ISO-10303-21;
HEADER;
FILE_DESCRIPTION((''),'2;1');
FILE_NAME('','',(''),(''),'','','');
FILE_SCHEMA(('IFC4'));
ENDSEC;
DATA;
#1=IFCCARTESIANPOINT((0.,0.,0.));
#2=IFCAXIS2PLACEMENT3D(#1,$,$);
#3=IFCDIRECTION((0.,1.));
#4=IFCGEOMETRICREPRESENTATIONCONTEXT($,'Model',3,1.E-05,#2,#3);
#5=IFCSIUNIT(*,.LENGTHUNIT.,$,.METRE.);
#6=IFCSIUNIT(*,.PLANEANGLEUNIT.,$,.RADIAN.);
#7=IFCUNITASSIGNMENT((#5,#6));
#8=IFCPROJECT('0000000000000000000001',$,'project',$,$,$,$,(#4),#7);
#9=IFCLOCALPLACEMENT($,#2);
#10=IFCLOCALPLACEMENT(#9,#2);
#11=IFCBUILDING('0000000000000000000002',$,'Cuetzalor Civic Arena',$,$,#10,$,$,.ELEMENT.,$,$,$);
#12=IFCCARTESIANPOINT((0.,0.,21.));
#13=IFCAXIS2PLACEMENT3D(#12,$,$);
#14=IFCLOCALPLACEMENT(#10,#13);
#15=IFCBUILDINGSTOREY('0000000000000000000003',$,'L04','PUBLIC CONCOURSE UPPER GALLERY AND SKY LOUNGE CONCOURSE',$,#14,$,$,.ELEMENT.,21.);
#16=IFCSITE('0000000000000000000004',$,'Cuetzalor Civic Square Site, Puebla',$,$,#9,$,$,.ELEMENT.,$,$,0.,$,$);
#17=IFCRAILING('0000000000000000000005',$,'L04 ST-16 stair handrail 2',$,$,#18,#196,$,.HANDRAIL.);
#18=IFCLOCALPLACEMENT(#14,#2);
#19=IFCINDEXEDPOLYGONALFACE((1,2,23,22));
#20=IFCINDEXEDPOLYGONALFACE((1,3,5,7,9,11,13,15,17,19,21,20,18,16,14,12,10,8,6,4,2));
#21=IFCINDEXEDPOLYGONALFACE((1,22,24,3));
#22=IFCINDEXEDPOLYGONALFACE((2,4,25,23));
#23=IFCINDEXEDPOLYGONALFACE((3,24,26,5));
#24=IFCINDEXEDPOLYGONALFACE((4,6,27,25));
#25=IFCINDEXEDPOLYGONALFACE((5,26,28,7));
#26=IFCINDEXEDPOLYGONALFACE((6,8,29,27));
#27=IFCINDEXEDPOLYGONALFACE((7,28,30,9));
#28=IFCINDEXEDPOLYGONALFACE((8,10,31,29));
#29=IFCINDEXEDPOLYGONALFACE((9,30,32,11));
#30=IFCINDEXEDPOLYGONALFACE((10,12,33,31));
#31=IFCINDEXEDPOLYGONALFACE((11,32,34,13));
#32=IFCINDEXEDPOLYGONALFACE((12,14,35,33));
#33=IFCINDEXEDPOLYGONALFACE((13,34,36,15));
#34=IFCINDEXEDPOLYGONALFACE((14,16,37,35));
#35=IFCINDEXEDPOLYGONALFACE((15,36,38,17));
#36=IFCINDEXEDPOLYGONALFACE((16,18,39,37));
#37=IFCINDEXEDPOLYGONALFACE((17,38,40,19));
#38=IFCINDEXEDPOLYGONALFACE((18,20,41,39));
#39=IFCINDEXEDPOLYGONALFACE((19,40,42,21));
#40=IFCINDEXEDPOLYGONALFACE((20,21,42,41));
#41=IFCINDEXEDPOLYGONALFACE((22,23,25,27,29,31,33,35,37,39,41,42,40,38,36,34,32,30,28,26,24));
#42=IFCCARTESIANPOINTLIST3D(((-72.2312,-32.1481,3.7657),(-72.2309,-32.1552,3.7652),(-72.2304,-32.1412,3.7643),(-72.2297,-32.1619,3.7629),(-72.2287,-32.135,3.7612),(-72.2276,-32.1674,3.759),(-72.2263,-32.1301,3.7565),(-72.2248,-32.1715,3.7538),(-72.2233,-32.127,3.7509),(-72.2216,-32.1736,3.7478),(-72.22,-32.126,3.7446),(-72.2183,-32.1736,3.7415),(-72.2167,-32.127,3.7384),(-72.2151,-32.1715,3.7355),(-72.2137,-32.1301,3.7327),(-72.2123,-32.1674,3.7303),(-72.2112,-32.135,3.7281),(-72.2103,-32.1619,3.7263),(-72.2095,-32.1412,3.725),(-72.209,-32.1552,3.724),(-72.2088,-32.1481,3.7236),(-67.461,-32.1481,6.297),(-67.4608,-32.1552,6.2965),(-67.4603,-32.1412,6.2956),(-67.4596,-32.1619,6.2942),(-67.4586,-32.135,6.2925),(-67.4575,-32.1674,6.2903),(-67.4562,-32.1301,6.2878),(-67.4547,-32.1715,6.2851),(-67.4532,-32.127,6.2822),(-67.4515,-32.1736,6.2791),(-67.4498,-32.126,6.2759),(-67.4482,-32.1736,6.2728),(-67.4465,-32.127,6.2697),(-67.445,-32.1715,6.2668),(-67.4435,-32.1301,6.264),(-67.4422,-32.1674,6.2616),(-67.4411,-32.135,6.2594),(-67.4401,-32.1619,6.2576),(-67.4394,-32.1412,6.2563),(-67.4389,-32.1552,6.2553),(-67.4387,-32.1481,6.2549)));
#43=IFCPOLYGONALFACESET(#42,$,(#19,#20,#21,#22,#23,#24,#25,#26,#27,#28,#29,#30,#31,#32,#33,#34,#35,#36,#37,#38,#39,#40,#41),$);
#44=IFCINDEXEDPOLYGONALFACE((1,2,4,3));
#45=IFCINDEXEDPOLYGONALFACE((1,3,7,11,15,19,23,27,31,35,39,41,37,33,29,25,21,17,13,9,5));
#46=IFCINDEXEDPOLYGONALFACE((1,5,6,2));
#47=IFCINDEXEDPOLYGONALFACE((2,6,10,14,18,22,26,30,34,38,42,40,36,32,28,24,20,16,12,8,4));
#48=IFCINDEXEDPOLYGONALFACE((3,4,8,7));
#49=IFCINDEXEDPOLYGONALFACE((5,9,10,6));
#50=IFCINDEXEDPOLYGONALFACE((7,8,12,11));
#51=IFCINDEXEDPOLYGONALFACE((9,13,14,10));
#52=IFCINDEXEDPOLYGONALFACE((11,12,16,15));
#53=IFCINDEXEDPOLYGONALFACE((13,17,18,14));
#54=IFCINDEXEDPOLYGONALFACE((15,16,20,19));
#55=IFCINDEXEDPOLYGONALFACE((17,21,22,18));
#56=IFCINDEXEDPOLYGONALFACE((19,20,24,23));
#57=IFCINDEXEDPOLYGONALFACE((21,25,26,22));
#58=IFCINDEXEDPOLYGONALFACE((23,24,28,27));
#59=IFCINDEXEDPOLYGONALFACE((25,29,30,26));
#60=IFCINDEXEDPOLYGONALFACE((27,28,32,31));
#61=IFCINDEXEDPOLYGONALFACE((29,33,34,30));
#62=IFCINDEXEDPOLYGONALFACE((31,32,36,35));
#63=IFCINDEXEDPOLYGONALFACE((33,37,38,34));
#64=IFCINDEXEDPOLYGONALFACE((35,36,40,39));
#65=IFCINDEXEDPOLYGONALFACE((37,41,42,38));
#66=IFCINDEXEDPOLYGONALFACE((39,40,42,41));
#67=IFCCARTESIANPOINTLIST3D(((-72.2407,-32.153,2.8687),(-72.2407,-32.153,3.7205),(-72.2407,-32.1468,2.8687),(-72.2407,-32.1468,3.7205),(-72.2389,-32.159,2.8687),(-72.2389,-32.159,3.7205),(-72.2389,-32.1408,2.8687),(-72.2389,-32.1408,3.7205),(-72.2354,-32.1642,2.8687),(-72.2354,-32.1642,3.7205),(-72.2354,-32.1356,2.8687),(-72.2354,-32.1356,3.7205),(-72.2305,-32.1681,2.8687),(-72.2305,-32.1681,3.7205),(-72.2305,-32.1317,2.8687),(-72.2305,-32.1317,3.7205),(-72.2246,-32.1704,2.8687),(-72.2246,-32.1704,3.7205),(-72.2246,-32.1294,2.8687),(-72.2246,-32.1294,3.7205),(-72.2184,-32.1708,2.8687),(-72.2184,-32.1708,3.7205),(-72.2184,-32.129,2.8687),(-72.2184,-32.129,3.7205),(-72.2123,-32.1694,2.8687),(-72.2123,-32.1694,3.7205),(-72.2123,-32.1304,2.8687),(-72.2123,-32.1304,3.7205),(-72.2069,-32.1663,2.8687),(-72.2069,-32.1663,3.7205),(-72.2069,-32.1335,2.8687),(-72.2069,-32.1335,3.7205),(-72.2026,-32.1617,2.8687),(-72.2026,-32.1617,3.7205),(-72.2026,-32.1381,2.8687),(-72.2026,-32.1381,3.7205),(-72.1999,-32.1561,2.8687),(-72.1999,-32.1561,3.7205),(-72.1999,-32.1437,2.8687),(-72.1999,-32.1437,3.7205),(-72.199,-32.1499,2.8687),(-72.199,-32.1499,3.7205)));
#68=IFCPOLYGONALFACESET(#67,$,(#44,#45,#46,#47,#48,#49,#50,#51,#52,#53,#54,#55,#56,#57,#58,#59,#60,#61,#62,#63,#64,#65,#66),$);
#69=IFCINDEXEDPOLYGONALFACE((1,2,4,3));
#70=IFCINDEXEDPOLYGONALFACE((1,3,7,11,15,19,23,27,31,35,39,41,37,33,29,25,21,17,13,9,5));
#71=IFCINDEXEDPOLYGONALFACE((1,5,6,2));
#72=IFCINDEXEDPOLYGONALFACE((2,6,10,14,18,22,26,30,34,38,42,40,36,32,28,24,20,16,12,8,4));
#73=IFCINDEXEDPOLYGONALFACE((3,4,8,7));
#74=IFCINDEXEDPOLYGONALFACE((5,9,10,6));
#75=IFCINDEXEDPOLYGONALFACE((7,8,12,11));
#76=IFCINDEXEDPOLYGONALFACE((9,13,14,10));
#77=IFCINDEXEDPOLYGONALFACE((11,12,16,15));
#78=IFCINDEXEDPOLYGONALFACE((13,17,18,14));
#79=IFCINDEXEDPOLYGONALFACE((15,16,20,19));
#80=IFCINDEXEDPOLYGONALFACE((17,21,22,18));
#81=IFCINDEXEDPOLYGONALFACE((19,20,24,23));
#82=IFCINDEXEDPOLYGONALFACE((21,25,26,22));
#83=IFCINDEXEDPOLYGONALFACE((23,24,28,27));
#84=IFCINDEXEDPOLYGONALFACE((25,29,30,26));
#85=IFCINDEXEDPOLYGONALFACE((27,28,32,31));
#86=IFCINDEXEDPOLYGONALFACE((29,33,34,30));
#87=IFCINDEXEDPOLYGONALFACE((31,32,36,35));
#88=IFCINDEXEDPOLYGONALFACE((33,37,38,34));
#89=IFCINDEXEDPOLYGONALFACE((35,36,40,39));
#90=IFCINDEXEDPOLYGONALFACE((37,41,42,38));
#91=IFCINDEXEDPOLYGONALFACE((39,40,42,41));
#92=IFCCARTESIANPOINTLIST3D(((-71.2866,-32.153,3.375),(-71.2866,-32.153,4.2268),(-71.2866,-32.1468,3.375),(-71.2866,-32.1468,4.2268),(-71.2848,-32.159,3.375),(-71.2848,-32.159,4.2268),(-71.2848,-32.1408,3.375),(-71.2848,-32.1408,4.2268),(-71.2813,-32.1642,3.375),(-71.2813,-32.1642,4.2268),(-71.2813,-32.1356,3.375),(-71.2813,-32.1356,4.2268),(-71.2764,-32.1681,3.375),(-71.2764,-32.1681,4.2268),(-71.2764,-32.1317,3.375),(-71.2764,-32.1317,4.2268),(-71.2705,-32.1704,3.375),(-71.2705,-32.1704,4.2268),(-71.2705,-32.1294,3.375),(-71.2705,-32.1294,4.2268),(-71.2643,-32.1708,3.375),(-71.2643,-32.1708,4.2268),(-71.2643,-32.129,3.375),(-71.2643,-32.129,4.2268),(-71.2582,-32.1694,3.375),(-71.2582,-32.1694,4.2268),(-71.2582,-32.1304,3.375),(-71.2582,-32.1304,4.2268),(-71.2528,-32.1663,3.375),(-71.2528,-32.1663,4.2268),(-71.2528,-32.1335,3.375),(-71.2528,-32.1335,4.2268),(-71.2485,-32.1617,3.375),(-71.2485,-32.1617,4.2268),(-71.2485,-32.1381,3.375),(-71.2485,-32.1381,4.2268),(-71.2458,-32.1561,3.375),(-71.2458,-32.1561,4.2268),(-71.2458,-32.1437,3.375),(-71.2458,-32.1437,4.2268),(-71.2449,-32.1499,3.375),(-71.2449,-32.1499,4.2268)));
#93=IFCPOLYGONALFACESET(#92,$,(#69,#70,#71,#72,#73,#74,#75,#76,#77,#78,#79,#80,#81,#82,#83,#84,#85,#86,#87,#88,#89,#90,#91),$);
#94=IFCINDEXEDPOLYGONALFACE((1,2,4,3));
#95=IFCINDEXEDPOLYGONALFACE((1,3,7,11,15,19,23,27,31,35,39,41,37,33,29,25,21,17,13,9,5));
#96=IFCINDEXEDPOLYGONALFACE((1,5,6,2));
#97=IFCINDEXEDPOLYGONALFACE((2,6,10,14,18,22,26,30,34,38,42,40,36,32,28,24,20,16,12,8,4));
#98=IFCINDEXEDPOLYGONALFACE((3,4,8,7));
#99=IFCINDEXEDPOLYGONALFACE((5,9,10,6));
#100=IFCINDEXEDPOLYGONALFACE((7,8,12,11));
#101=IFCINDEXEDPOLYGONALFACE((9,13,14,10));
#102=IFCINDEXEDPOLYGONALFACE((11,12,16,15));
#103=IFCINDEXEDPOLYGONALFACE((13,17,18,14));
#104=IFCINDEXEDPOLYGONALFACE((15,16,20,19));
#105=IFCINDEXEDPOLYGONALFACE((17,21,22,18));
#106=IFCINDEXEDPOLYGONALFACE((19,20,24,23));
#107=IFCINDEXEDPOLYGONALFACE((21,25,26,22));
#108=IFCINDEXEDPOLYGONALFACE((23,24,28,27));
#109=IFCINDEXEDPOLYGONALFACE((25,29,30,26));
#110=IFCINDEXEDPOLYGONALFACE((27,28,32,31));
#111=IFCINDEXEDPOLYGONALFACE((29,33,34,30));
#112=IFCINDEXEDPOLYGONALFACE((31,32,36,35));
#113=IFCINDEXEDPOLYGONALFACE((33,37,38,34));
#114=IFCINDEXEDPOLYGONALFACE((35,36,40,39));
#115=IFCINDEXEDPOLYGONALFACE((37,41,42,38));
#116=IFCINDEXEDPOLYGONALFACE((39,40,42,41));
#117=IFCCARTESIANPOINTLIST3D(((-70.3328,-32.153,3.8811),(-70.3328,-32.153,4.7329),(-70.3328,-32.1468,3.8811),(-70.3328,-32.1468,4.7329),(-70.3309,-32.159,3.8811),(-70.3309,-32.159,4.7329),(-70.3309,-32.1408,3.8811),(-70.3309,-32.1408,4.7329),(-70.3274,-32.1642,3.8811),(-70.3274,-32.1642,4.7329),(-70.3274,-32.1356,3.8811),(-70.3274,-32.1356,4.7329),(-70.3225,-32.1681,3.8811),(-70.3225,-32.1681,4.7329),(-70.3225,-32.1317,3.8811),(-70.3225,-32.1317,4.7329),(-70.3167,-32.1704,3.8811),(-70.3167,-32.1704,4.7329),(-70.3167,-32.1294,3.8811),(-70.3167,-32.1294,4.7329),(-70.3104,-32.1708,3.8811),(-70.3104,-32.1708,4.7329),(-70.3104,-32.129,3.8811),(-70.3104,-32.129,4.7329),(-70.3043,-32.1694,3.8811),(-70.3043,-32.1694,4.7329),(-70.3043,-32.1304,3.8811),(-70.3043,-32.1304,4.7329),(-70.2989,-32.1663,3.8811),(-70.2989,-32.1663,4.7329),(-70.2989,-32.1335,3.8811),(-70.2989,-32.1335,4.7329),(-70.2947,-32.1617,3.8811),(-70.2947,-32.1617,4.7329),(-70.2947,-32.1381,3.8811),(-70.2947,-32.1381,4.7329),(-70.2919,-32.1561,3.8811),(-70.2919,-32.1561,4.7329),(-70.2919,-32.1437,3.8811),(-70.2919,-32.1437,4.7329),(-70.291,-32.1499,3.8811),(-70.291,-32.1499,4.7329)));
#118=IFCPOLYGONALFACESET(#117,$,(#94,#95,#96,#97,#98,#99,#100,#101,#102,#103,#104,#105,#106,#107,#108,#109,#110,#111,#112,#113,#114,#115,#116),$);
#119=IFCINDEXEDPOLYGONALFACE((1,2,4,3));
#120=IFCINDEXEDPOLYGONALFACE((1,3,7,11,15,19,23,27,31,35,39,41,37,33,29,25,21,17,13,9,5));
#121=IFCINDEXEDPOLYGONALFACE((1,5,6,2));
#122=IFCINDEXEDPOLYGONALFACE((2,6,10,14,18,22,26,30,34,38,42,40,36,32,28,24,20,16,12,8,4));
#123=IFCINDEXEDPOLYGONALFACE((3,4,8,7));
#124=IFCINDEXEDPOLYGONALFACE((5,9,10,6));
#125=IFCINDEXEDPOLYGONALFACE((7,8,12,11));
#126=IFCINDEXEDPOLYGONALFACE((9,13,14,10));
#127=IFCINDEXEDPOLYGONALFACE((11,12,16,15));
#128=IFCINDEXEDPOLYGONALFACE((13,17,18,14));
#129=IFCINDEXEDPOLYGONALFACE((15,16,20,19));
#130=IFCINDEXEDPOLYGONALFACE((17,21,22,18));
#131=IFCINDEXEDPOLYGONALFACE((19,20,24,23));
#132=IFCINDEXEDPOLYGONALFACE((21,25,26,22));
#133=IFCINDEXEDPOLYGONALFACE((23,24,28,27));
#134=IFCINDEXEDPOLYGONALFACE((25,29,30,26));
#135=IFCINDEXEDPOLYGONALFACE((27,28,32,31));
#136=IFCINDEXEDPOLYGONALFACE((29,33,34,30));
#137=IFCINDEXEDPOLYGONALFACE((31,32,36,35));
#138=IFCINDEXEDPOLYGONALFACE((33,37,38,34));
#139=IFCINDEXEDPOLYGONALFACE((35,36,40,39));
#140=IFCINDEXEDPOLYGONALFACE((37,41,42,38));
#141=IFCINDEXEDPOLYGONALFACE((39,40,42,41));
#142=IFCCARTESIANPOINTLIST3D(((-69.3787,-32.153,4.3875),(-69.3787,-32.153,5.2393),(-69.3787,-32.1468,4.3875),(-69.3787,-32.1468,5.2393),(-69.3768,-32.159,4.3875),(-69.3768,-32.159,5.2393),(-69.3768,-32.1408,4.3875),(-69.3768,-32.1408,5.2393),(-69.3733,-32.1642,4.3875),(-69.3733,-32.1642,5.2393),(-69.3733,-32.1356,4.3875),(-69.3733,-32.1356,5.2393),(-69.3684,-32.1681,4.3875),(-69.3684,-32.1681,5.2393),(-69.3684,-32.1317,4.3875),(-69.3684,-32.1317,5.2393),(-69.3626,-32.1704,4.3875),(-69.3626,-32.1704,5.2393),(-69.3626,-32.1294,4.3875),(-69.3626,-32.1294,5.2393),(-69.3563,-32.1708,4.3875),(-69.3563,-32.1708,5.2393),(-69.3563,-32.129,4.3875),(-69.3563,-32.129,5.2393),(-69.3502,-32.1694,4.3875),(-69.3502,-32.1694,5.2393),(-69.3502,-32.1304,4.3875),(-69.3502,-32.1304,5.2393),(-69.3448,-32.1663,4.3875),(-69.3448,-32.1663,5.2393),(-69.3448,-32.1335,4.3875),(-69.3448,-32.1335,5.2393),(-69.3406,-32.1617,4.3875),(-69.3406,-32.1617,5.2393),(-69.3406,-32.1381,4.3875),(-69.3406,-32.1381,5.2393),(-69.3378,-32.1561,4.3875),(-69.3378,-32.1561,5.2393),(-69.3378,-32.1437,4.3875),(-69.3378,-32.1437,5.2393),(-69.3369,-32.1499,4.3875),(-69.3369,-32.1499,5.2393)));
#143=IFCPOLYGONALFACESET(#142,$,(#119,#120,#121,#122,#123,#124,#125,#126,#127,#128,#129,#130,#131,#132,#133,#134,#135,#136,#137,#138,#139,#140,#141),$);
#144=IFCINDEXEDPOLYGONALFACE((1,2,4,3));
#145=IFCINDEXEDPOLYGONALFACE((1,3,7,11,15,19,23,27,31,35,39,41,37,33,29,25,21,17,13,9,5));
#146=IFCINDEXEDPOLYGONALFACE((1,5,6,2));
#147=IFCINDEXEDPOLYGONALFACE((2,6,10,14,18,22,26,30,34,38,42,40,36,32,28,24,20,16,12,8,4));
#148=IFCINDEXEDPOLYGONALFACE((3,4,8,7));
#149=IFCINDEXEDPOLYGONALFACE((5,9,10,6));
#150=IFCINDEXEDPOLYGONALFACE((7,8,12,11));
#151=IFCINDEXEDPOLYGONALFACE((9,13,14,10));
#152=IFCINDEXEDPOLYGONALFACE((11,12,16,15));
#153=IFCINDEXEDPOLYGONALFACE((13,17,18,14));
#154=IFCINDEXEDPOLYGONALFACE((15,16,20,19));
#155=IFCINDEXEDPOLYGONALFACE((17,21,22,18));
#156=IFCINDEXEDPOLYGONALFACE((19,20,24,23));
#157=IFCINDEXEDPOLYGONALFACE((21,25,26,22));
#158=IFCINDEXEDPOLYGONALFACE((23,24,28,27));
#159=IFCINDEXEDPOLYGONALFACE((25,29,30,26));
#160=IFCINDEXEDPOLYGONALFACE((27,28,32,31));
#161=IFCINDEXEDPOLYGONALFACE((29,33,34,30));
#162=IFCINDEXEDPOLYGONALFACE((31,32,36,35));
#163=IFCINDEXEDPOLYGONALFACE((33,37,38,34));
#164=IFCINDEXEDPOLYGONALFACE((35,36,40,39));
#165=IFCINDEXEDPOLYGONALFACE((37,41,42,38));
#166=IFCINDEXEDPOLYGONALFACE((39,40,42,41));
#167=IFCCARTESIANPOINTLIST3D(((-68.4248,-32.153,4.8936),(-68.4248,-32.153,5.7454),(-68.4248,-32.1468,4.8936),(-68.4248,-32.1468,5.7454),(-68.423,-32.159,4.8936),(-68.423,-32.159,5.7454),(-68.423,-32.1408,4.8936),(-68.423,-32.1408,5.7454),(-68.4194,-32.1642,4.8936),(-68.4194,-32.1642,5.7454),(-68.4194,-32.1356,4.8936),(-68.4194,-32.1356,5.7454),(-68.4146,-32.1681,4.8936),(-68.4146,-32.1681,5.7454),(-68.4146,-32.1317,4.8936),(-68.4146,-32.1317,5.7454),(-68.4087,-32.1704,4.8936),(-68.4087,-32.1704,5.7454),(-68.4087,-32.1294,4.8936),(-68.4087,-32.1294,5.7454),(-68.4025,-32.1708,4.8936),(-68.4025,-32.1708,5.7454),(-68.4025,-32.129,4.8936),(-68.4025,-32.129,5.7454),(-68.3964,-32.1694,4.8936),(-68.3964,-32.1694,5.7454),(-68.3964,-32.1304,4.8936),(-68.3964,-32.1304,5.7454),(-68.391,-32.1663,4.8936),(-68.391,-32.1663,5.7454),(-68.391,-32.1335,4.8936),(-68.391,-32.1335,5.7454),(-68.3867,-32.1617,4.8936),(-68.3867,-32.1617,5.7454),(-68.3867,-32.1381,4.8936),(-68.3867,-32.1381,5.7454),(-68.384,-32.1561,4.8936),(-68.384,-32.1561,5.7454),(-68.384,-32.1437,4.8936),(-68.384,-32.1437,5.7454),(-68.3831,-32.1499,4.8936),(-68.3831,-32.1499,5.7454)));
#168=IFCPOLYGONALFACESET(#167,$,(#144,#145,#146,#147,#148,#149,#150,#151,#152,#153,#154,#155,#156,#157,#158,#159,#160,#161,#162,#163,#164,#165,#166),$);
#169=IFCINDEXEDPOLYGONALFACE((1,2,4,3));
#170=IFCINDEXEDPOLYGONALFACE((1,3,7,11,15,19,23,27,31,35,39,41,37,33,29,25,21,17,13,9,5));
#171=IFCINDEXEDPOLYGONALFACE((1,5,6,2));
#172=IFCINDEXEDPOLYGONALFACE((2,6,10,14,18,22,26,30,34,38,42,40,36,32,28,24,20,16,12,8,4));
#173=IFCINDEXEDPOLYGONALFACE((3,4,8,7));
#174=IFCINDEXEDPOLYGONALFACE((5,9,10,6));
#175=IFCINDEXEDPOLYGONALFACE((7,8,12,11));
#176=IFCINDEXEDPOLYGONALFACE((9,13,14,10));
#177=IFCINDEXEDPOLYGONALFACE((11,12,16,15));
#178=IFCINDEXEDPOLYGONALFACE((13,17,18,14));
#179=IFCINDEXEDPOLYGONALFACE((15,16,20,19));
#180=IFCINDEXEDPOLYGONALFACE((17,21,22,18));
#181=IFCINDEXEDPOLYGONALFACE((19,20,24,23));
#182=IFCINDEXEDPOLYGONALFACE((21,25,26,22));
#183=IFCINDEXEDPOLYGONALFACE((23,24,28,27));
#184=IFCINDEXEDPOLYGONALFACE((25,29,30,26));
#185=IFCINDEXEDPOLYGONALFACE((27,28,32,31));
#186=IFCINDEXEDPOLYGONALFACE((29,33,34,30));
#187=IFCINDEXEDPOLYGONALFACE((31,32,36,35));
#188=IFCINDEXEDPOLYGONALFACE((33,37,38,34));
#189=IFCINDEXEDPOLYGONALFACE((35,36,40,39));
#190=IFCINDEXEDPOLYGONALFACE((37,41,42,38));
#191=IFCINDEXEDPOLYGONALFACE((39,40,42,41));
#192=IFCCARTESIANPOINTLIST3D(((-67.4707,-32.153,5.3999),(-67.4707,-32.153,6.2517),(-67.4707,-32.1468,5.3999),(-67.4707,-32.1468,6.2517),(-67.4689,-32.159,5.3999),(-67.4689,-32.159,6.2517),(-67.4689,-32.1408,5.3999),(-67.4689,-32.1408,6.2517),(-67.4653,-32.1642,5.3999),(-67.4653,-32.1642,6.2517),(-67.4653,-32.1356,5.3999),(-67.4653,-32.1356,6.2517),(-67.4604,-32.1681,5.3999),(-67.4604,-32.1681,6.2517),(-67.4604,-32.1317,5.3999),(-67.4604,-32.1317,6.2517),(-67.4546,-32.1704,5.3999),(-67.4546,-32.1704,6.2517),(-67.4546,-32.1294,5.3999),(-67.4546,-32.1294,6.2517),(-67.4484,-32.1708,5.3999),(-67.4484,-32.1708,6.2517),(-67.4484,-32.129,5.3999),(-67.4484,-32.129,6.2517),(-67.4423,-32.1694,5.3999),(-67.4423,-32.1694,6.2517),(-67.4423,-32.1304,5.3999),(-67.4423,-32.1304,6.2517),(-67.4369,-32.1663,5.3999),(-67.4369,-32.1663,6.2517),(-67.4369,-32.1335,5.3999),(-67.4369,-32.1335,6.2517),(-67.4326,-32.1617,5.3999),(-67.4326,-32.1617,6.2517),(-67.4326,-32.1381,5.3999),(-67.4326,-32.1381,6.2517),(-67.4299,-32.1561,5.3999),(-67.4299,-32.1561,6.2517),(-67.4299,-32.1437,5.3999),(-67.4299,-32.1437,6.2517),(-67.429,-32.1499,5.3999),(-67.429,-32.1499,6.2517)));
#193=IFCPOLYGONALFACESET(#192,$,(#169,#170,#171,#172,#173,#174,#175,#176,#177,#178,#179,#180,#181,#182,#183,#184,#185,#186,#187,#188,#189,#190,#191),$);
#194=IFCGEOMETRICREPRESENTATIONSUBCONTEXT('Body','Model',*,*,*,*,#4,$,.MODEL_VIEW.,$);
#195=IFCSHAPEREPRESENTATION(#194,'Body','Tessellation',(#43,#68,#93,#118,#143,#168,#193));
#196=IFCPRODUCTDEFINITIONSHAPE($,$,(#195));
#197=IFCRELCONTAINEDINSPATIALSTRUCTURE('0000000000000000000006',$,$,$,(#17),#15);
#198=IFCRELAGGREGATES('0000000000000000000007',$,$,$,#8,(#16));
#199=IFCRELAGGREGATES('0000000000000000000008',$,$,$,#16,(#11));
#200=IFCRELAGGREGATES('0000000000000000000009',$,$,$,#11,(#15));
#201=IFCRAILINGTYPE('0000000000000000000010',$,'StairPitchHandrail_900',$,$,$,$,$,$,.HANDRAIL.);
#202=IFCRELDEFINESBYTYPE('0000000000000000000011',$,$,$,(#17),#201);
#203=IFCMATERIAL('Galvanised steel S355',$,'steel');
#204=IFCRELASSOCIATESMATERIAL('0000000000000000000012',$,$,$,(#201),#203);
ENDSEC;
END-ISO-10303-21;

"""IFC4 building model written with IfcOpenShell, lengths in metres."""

from ifc_helpers import new_model, si_unit, direction, frame, origin, origin_2d, place, context, subcontext, project, spatial, circle, extrude, material, type_object, element, save


model = new_model("IFC4")

# Units and contexts
model_context = context("Model", 3, precision=1e-05, world=origin(), true_north=direction((0.0, 1.0)))
body_context = subcontext(model_context, "Body", "Model", "MODEL_VIEW")
ifc_project = project(units=[si_unit("LENGTHUNIT", "METRE"), si_unit("PLANEANGLEUNIT", "RADIAN")], contexts=[model_context])

# Site, building, storey
site_placement = place(None, origin())
site = spatial("IfcSite", under=ifc_project, at=site_placement, Name="Cuetzalor Civic Square Site, Puebla", CompositionType="ELEMENT", RefElevation=0.0)
building_placement = place(site_placement, origin())
building = spatial("IfcBuilding", under=site, at=building_placement, Name="Cuetzalor Civic Arena", CompositionType="ELEMENT")
storey_placement = place(building_placement, frame((0.0, 0.0, 21.0)))
storey = spatial("IfcBuildingStorey", under=building, at=storey_placement, Name="L04", Description="PUBLIC CONCOURSE UPPER GALLERY AND SKY LOUNGE CONCOURSE", CompositionType="ELEMENT", Elevation=21.0)

# Railing
ifc_material_1 = material(Name="Galvanised steel S355", Category="steel")
railing_type_1 = type_object("IfcRailingType", Name="StairPitchHandrail_900", PredefinedType="HANDRAIL", material=ifc_material_1)
railing_1_placement = place(storey_placement, frame((-72.22, -32.1499, 2.8687)))
element("IfcRailing", 1, at=railing_1_placement, inside=storey, type_object=railing_type_1, Name="L04 ST-16 stair handrail 2", PredefinedType="HANDRAIL", context=body_context, shape_type="SweptSolid", body=[
    extrude(circle(Radius=0.0239, at=origin_2d()), frame((0.0, 0.0, 0.876), z_axis=(0.883332, 0.0, 0.468747), x_axis=(0.0, 1.0, 0.0)), (0.0, 0.0, 1.0), 5.4001),
    extrude(circle(Radius=0.021, at=origin_2d()), origin(), (0.0, 0.0, 1.0), 0.8518),
    extrude(circle(Radius=0.021, at=origin_2d()), frame((0.9541, 0.0, 0.5063)), (0.0, 0.0, 1.0), 0.8518),
    extrude(circle(Radius=0.021, at=origin_2d()), frame((1.908, 0.0, 1.0125)), (0.0, 0.0, 1.0), 0.8518),
    extrude(circle(Radius=0.021, at=origin_2d()), frame((2.8621, 0.0, 1.5188)), (0.0, 0.0, 1.0), 0.8518),
    extrude(circle(Radius=0.021, at=origin_2d()), frame((3.8159, 0.0, 2.0249)), (0.0, 0.0, 1.0), 0.8518),
    extrude(circle(Radius=0.021, at=origin_2d()), frame((4.77, 0.0, 2.5312)), (0.0, 0.0, 1.0), 0.8518),
])

save(model, "model.ifc")
